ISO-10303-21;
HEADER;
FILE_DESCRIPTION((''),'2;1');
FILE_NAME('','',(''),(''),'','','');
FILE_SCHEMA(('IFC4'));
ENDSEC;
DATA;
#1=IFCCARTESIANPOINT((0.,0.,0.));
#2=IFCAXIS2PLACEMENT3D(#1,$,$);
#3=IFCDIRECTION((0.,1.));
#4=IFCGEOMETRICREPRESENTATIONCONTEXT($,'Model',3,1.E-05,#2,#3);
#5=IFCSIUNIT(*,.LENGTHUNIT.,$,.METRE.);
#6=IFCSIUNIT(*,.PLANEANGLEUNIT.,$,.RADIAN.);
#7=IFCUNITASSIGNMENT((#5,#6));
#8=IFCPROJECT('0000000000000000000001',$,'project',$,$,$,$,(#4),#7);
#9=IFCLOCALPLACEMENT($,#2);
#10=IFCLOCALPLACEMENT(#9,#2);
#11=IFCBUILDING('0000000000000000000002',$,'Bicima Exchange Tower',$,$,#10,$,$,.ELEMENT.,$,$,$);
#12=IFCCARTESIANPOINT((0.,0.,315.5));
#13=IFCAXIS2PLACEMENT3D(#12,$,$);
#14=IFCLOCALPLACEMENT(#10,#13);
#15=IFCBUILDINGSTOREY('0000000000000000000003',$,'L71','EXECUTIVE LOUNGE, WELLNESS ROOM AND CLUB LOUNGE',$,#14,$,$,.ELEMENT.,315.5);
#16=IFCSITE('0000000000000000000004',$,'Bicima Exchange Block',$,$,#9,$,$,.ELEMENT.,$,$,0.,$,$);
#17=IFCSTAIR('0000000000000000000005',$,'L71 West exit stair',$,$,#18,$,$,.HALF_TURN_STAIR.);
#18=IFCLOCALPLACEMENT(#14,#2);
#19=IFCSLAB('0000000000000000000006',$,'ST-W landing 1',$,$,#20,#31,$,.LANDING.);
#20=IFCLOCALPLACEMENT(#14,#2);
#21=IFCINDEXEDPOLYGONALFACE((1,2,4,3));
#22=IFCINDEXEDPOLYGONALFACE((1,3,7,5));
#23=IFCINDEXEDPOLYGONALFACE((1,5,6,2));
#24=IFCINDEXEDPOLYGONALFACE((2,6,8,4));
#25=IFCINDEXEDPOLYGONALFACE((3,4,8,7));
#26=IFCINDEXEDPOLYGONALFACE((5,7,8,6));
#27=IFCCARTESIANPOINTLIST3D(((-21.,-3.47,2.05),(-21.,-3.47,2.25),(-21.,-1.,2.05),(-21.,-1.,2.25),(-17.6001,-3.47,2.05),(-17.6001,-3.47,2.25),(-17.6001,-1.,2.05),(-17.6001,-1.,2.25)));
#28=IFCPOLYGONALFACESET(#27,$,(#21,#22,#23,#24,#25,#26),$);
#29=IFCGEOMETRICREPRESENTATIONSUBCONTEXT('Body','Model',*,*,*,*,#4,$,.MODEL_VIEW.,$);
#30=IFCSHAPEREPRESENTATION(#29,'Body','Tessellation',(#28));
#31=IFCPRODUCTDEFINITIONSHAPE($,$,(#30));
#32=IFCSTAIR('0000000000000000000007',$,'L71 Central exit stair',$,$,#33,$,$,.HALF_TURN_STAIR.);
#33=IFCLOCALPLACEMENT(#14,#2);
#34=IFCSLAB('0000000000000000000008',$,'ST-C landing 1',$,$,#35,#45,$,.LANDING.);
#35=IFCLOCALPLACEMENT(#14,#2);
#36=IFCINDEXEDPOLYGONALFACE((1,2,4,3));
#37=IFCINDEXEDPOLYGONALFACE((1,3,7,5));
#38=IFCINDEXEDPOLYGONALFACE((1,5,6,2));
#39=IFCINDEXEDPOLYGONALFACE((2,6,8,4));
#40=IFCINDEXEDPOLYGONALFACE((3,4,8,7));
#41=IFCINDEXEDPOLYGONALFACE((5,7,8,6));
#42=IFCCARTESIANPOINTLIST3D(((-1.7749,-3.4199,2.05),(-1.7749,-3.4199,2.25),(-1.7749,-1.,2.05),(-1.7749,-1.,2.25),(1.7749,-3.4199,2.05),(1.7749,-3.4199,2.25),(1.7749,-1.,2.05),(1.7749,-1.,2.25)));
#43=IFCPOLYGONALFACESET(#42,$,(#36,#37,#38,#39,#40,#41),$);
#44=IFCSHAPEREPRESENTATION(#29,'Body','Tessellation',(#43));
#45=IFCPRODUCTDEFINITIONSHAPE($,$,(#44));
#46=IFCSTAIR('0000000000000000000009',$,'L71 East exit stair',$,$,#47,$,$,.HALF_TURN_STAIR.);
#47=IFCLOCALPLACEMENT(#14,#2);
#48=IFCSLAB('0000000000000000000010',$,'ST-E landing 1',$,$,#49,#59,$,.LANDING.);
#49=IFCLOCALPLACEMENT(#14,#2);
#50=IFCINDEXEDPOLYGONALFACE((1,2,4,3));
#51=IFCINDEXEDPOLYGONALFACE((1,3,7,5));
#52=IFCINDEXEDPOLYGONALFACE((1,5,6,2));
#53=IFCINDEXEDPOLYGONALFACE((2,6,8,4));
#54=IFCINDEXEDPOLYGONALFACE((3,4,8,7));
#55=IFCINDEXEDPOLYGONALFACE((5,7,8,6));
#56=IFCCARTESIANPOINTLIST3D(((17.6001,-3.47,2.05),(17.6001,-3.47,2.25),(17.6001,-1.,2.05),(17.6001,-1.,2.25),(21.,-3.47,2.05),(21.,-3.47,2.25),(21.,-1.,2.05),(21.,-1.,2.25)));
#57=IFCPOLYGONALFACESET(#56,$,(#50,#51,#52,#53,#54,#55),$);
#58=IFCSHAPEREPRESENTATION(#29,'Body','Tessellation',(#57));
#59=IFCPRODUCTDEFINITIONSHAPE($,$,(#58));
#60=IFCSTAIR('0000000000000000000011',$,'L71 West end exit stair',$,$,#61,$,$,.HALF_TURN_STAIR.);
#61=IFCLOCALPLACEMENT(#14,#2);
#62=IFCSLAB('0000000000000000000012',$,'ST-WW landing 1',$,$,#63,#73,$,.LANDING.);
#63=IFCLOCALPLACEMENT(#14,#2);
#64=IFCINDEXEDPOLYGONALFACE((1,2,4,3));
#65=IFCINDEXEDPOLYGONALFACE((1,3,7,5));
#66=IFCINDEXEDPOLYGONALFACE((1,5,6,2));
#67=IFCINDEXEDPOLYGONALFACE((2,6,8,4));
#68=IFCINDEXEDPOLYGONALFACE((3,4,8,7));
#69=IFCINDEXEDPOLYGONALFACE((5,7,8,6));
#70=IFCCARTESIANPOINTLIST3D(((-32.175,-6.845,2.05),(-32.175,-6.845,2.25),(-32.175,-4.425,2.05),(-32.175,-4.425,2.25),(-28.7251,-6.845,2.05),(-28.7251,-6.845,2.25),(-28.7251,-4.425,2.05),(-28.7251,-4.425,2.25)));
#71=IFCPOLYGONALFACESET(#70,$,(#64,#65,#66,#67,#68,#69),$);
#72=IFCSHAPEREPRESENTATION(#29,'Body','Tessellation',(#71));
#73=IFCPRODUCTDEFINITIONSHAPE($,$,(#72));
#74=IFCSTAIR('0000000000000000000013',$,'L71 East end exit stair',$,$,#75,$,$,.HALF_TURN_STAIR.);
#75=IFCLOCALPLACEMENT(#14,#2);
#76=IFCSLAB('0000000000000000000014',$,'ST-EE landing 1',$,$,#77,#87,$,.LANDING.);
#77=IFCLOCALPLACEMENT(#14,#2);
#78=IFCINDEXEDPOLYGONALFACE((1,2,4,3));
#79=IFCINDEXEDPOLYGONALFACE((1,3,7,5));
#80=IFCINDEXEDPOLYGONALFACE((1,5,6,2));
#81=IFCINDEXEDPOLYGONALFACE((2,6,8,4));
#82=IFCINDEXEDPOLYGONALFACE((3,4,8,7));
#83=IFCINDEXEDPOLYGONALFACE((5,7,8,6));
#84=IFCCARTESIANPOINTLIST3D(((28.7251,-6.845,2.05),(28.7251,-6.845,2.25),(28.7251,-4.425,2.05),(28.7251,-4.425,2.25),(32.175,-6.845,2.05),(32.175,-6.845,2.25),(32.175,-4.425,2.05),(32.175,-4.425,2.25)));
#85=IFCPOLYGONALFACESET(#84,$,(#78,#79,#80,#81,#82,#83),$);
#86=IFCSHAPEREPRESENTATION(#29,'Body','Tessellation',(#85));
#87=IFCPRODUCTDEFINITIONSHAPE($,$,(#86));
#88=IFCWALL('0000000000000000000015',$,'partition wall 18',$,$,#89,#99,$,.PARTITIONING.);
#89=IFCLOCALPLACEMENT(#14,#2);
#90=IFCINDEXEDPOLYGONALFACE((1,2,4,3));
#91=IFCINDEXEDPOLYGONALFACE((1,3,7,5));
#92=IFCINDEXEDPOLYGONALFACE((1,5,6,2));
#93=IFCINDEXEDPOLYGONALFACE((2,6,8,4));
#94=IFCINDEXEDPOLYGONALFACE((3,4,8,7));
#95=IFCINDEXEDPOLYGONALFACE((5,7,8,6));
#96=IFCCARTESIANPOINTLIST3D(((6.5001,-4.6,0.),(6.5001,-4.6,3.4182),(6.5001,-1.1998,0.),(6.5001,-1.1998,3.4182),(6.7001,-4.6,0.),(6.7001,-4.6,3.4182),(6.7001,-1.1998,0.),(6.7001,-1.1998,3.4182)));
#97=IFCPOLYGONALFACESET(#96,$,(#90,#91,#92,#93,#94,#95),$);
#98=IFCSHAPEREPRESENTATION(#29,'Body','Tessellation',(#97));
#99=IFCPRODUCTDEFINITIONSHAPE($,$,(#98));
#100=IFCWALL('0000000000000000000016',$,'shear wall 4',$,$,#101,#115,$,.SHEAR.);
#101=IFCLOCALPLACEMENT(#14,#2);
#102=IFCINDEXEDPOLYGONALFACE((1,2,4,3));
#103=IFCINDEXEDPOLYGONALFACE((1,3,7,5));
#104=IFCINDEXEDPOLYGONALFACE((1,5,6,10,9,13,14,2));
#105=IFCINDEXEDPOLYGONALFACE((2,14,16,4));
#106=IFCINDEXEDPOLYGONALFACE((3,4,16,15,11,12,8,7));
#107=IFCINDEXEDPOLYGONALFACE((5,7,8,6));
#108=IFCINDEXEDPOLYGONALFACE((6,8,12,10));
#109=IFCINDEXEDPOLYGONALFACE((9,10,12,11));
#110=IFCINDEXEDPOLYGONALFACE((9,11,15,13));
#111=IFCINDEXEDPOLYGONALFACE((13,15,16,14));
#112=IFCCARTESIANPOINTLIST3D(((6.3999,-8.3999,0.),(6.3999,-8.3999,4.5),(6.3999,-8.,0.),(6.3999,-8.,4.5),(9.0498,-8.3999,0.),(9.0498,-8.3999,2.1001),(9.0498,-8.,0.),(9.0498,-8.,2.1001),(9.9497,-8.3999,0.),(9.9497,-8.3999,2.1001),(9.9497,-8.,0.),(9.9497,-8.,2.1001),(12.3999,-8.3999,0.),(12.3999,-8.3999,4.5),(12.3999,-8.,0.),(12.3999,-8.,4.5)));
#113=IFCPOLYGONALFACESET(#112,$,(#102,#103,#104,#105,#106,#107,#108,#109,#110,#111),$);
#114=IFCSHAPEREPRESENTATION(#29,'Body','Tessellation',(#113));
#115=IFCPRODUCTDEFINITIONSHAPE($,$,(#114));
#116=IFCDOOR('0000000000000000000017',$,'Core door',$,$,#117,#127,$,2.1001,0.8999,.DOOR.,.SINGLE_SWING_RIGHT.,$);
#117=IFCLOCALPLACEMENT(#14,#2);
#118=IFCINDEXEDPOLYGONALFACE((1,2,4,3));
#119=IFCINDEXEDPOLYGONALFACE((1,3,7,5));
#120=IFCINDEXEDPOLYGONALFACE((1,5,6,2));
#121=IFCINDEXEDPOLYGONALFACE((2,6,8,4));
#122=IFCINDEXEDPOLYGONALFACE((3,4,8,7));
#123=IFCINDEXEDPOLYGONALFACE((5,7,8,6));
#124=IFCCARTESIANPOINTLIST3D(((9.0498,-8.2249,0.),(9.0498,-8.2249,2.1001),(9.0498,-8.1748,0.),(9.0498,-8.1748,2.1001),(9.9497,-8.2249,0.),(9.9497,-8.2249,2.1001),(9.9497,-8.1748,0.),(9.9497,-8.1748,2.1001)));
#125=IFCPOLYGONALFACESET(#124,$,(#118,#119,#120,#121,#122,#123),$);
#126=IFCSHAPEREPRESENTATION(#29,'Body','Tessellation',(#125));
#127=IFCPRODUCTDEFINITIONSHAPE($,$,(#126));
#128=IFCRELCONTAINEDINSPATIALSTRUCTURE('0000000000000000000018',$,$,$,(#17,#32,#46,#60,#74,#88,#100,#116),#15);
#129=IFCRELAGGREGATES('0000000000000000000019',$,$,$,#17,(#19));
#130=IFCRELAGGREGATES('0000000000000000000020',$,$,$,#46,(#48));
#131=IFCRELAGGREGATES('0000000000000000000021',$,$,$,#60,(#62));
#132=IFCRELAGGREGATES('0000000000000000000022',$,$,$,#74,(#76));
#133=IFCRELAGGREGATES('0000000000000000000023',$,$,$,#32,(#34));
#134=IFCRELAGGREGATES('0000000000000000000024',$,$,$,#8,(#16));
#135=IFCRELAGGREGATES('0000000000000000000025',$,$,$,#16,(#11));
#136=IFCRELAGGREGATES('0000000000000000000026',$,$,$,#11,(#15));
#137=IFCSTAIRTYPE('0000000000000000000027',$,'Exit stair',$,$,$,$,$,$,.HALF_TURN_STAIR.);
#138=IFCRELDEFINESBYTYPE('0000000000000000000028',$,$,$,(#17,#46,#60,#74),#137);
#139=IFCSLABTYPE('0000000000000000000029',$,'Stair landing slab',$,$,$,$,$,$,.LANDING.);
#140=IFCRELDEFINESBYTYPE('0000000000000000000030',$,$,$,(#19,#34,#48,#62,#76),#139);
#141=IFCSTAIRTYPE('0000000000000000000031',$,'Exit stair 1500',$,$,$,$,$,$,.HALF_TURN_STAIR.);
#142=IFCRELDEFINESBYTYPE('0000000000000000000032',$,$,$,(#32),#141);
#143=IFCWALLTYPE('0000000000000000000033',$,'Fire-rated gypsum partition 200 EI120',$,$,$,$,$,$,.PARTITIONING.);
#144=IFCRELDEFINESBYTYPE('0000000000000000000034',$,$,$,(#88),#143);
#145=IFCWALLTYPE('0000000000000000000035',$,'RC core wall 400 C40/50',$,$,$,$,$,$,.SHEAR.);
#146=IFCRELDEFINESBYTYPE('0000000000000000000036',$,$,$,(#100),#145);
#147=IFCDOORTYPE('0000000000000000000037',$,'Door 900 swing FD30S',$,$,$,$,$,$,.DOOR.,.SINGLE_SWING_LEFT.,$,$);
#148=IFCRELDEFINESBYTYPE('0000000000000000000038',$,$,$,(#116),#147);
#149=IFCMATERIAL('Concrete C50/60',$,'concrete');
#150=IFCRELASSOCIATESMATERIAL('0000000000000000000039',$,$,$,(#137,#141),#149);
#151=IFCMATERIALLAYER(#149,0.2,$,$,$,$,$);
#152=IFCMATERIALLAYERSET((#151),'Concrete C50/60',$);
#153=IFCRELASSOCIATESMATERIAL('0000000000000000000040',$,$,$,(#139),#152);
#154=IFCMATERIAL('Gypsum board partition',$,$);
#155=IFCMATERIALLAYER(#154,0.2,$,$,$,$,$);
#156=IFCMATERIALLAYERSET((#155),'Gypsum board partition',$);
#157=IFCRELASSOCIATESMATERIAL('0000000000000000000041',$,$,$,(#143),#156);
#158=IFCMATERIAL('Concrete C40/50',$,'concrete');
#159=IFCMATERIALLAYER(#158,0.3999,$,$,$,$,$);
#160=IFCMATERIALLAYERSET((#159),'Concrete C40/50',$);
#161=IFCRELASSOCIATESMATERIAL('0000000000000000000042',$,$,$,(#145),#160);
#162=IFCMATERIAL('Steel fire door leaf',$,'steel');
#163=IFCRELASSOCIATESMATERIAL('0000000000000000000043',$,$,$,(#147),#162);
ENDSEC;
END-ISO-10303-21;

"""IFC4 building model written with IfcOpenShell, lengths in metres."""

from ifc_helpers import new_model, si_unit, direction, frame, frame_2d, origin, place, context, subcontext, project, spatial, polyline, rectangle, outline, extrude, material, layer, layer_set, type_object, element, fill, aggregate, save


model = new_model("IFC4")

# Units and contexts
model_context = context("Model", 3, precision=1e-05, world=origin(), true_north=direction((0.0, 1.0)))
body_context = subcontext(model_context, "Body", "Model", "MODEL_VIEW")
ifc_project = project(units=[si_unit("LENGTHUNIT", "METRE"), si_unit("PLANEANGLEUNIT", "RADIAN")], contexts=[model_context])

# Site, building, storey
site_placement = place(None, origin())
site = spatial("IfcSite", under=ifc_project, at=site_placement, Name="Bicima Exchange Block", CompositionType="ELEMENT", RefElevation=0.0)
building_placement = place(site_placement, origin())
building = spatial("IfcBuilding", under=site, at=building_placement, Name="Bicima Exchange Tower", CompositionType="ELEMENT")
storey_placement = place(building_placement, frame((0.0, 0.0, 315.5)))
storey = spatial("IfcBuildingStorey", under=building, at=storey_placement, Name="L71", Description="EXECUTIVE LOUNGE, WELLNESS ROOM AND CLUB LOUNGE", CompositionType="ELEMENT", Elevation=315.5)

# Stairs, slabs
ifc_material_1 = material(Name="Concrete C50/60", Category="concrete")
stair_type_1 = type_object("IfcStairType", Name="Exit stair", PredefinedType="HALF_TURN_STAIR", material=ifc_material_1)
stair_1_placement = place(storey_placement, origin())
stair_1 = element("IfcStair", 1, at=stair_1_placement, inside=storey, type_object=stair_type_1, Name="L71 West exit stair", PredefinedType="HALF_TURN_STAIR")
ifc_layer_1 = layer(ifc_material_1, 0.2)
ifc_layer_set_1 = layer_set([ifc_layer_1], Name="Concrete C50/60")
slab_type = type_object("IfcSlabType", Name="Stair landing slab", PredefinedType="LANDING", material=ifc_layer_set_1)
slab_1_placement = place(storey_placement, frame((0.0, 0.0, 2.05)))
slab_1 = element("IfcSlab", 2, at=slab_1_placement, type_object=slab_type, Name="ST-W landing 1", PredefinedType="LANDING", context=body_context, shape_type="SweptSolid", body=[
    extrude(outline(polyline([(-17.6001, -3.47), (-17.6001, -1.0), (-21.0, -1.0), (-21.0, -3.47), (-17.6001, -3.47)])), origin(), (0.0, 0.0, 1.0), 0.2),
])
aggregate(stair_1, [slab_1])
stair_type_2 = type_object("IfcStairType", Name="Exit stair 1500", PredefinedType="HALF_TURN_STAIR", material=ifc_material_1)
stair_2_placement = place(storey_placement, origin())
stair_2 = element("IfcStair", 3, at=stair_2_placement, inside=storey, type_object=stair_type_2, Name="L71 Central exit stair", PredefinedType="HALF_TURN_STAIR")
slab_2_placement = place(storey_placement, frame((0.0, 0.0, 2.05)))
slab_2 = element("IfcSlab", 4, at=slab_2_placement, type_object=slab_type, Name="ST-C landing 1", PredefinedType="LANDING", context=body_context, shape_type="SweptSolid", body=[
    extrude(outline(polyline([(1.7749, -3.4199), (1.7749, -1.0), (-1.7749, -1.0), (-1.7749, -3.4199), (1.7749, -3.4199)])), origin(), (0.0, 0.0, 1.0), 0.2),
])
stair_3_placement = place(storey_placement, origin())
stair_3 = element("IfcStair", 5, at=stair_3_placement, inside=storey, type_object=stair_type_1, Name="L71 East exit stair", PredefinedType="HALF_TURN_STAIR")
slab_3_placement = place(storey_placement, frame((0.0, 0.0, 2.05)))
slab_3 = element("IfcSlab", 6, at=slab_3_placement, type_object=slab_type, Name="ST-E landing 1", PredefinedType="LANDING", context=body_context, shape_type="SweptSolid", body=[
    extrude(outline(polyline([(21.0, -3.47), (21.0, -1.0), (17.6001, -1.0), (17.6001, -3.47), (21.0, -3.47)])), origin(), (0.0, 0.0, 1.0), 0.2),
])
aggregate(stair_3, [slab_3])
stair_4_placement = place(storey_placement, origin())
stair_4 = element("IfcStair", 7, at=stair_4_placement, inside=storey, type_object=stair_type_1, Name="L71 West end exit stair", PredefinedType="HALF_TURN_STAIR")
slab_4_placement = place(storey_placement, frame((0.0, 0.0, 2.05)))
slab_4 = element("IfcSlab", 8, at=slab_4_placement, type_object=slab_type, Name="ST-WW landing 1", PredefinedType="LANDING", context=body_context, shape_type="SweptSolid", body=[
    extrude(outline(polyline([(-28.7251, -6.845), (-28.7251, -4.425), (-32.175, -4.425), (-32.175, -6.845), (-28.7251, -6.845)])), origin(), (0.0, 0.0, 1.0), 0.2),
])
aggregate(stair_4, [slab_4])
stair_5_placement = place(storey_placement, origin())
stair_5 = element("IfcStair", 9, at=stair_5_placement, inside=storey, type_object=stair_type_1, Name="L71 East end exit stair", PredefinedType="HALF_TURN_STAIR")
slab_5_placement = place(storey_placement, frame((0.0, 0.0, 2.05)))
slab_5 = element("IfcSlab", 10, at=slab_5_placement, type_object=slab_type, Name="ST-EE landing 1", PredefinedType="LANDING", context=body_context, shape_type="SweptSolid", body=[
    extrude(outline(polyline([(32.175, -6.845), (32.175, -4.425), (28.7251, -4.425), (28.7251, -6.845), (32.175, -6.845)])), origin(), (0.0, 0.0, 1.0), 0.2),
])
aggregate(stair_5, [slab_5])

# Wall
ifc_material_2 = material(Name="Gypsum board partition")
ifc_layer_2 = layer(ifc_material_2, 0.2)
ifc_layer_set_2 = layer_set([ifc_layer_2], Name="Gypsum board partition")
wall_type_1 = type_object("IfcWallType", Name="Fire-rated gypsum partition 200 EI120", PredefinedType="PARTITIONING", material=ifc_layer_set_2)
wall_1_placement = place(storey_placement, frame((6.6001, -4.6001, 0.0), z_axis=(0.0, 0.0, 1.0), x_axis=(0.0, 1.0, 0.0)))
element("IfcWall", 11, at=wall_1_placement, inside=storey, type_object=wall_type_1, Name="partition wall 18", PredefinedType="PARTITIONING", context=body_context, shape_type="SweptSolid", body=[
    extrude(rectangle(XDim=3.4001, YDim=0.2, at=frame_2d((1.7002, 0.0))), origin(), (0.0, 0.0, 1.0), 3.4182),
])

# Wall, opening, door
ifc_material_3 = material(Name="Concrete C40/50", Category="concrete")
ifc_layer_3 = layer(ifc_material_3, 0.3999)
ifc_layer_set_3 = layer_set([ifc_layer_3], Name="Concrete C40/50")
wall_type_2 = type_object("IfcWallType", Name="RC core wall 400 C40/50", PredefinedType="SHEAR", material=ifc_layer_set_3)
wall_2_placement = place(storey_placement, frame((6.3999, -8.2, 0.0), z_axis=(0.0, 0.0, 1.0), x_axis=(1.0, 0.0, 0.0)))
wall_2 = element("IfcWall", 12, at=wall_2_placement, inside=storey, type_object=wall_type_2, Name="shear wall 4", PredefinedType="SHEAR", context=body_context, shape_type="SweptSolid", body=[
    extrude(rectangle(XDim=6.0, YDim=0.3999, at=frame_2d((3.0, 0.0))), origin(), (0.0, 0.0, 1.0), 4.5),
])
opening_1_placement = place(wall_2_placement, frame((2.6499, 0.0, 0.0)))
opening_1 = element("IfcOpeningElement", 13, at=opening_1_placement, cuts=wall_2, PredefinedType="OPENING", context=body_context, shape_type="SweptSolid", body=[
    extrude(rectangle(XDim=0.8999, YDim=2.1001, at=frame_2d((0.45, 1.05))), frame((0.0, 0.2119, 0.0), z_axis=(0.0, -1.0, 0.0), x_axis=(1.0, 0.0, 0.0)), (0.0, 0.0, 1.0), 0.4238),
])
ifc_material_4 = material(Name="Steel fire door leaf", Category="steel")
door_type_1 = type_object("IfcDoorType", Name="Door 900 swing FD30S", OperationType="SINGLE_SWING_LEFT", PredefinedType="DOOR", material=ifc_material_4)
door_1_placement = place(opening_1_placement, frame((0.8999, 0.0, 0.0), z_axis=(0.0, 0.0, 1.0), x_axis=(-1.0, 0.0, 0.0)))
door_1 = element("IfcDoor", 14, at=door_1_placement, inside=storey, type_object=door_type_1, Name="Core door", OperationType="SINGLE_SWING_RIGHT", OverallHeight=2.1001, OverallWidth=0.8999, PredefinedType="DOOR", context=body_context, shape_type="SweptSolid", body=[
    extrude(rectangle(XDim=0.8999, YDim=2.1001, at=frame_2d((0.45, 1.05))), frame((0.0, 0.0249, 0.0), z_axis=(0.0, -1.0, 0.0), x_axis=(1.0, 0.0, 0.0)), (0.0, 0.0, 1.0), 0.05),
])
fill(opening_1, door_1)

aggregate(stair_2, [slab_2])

save(model, "model.ifc")
